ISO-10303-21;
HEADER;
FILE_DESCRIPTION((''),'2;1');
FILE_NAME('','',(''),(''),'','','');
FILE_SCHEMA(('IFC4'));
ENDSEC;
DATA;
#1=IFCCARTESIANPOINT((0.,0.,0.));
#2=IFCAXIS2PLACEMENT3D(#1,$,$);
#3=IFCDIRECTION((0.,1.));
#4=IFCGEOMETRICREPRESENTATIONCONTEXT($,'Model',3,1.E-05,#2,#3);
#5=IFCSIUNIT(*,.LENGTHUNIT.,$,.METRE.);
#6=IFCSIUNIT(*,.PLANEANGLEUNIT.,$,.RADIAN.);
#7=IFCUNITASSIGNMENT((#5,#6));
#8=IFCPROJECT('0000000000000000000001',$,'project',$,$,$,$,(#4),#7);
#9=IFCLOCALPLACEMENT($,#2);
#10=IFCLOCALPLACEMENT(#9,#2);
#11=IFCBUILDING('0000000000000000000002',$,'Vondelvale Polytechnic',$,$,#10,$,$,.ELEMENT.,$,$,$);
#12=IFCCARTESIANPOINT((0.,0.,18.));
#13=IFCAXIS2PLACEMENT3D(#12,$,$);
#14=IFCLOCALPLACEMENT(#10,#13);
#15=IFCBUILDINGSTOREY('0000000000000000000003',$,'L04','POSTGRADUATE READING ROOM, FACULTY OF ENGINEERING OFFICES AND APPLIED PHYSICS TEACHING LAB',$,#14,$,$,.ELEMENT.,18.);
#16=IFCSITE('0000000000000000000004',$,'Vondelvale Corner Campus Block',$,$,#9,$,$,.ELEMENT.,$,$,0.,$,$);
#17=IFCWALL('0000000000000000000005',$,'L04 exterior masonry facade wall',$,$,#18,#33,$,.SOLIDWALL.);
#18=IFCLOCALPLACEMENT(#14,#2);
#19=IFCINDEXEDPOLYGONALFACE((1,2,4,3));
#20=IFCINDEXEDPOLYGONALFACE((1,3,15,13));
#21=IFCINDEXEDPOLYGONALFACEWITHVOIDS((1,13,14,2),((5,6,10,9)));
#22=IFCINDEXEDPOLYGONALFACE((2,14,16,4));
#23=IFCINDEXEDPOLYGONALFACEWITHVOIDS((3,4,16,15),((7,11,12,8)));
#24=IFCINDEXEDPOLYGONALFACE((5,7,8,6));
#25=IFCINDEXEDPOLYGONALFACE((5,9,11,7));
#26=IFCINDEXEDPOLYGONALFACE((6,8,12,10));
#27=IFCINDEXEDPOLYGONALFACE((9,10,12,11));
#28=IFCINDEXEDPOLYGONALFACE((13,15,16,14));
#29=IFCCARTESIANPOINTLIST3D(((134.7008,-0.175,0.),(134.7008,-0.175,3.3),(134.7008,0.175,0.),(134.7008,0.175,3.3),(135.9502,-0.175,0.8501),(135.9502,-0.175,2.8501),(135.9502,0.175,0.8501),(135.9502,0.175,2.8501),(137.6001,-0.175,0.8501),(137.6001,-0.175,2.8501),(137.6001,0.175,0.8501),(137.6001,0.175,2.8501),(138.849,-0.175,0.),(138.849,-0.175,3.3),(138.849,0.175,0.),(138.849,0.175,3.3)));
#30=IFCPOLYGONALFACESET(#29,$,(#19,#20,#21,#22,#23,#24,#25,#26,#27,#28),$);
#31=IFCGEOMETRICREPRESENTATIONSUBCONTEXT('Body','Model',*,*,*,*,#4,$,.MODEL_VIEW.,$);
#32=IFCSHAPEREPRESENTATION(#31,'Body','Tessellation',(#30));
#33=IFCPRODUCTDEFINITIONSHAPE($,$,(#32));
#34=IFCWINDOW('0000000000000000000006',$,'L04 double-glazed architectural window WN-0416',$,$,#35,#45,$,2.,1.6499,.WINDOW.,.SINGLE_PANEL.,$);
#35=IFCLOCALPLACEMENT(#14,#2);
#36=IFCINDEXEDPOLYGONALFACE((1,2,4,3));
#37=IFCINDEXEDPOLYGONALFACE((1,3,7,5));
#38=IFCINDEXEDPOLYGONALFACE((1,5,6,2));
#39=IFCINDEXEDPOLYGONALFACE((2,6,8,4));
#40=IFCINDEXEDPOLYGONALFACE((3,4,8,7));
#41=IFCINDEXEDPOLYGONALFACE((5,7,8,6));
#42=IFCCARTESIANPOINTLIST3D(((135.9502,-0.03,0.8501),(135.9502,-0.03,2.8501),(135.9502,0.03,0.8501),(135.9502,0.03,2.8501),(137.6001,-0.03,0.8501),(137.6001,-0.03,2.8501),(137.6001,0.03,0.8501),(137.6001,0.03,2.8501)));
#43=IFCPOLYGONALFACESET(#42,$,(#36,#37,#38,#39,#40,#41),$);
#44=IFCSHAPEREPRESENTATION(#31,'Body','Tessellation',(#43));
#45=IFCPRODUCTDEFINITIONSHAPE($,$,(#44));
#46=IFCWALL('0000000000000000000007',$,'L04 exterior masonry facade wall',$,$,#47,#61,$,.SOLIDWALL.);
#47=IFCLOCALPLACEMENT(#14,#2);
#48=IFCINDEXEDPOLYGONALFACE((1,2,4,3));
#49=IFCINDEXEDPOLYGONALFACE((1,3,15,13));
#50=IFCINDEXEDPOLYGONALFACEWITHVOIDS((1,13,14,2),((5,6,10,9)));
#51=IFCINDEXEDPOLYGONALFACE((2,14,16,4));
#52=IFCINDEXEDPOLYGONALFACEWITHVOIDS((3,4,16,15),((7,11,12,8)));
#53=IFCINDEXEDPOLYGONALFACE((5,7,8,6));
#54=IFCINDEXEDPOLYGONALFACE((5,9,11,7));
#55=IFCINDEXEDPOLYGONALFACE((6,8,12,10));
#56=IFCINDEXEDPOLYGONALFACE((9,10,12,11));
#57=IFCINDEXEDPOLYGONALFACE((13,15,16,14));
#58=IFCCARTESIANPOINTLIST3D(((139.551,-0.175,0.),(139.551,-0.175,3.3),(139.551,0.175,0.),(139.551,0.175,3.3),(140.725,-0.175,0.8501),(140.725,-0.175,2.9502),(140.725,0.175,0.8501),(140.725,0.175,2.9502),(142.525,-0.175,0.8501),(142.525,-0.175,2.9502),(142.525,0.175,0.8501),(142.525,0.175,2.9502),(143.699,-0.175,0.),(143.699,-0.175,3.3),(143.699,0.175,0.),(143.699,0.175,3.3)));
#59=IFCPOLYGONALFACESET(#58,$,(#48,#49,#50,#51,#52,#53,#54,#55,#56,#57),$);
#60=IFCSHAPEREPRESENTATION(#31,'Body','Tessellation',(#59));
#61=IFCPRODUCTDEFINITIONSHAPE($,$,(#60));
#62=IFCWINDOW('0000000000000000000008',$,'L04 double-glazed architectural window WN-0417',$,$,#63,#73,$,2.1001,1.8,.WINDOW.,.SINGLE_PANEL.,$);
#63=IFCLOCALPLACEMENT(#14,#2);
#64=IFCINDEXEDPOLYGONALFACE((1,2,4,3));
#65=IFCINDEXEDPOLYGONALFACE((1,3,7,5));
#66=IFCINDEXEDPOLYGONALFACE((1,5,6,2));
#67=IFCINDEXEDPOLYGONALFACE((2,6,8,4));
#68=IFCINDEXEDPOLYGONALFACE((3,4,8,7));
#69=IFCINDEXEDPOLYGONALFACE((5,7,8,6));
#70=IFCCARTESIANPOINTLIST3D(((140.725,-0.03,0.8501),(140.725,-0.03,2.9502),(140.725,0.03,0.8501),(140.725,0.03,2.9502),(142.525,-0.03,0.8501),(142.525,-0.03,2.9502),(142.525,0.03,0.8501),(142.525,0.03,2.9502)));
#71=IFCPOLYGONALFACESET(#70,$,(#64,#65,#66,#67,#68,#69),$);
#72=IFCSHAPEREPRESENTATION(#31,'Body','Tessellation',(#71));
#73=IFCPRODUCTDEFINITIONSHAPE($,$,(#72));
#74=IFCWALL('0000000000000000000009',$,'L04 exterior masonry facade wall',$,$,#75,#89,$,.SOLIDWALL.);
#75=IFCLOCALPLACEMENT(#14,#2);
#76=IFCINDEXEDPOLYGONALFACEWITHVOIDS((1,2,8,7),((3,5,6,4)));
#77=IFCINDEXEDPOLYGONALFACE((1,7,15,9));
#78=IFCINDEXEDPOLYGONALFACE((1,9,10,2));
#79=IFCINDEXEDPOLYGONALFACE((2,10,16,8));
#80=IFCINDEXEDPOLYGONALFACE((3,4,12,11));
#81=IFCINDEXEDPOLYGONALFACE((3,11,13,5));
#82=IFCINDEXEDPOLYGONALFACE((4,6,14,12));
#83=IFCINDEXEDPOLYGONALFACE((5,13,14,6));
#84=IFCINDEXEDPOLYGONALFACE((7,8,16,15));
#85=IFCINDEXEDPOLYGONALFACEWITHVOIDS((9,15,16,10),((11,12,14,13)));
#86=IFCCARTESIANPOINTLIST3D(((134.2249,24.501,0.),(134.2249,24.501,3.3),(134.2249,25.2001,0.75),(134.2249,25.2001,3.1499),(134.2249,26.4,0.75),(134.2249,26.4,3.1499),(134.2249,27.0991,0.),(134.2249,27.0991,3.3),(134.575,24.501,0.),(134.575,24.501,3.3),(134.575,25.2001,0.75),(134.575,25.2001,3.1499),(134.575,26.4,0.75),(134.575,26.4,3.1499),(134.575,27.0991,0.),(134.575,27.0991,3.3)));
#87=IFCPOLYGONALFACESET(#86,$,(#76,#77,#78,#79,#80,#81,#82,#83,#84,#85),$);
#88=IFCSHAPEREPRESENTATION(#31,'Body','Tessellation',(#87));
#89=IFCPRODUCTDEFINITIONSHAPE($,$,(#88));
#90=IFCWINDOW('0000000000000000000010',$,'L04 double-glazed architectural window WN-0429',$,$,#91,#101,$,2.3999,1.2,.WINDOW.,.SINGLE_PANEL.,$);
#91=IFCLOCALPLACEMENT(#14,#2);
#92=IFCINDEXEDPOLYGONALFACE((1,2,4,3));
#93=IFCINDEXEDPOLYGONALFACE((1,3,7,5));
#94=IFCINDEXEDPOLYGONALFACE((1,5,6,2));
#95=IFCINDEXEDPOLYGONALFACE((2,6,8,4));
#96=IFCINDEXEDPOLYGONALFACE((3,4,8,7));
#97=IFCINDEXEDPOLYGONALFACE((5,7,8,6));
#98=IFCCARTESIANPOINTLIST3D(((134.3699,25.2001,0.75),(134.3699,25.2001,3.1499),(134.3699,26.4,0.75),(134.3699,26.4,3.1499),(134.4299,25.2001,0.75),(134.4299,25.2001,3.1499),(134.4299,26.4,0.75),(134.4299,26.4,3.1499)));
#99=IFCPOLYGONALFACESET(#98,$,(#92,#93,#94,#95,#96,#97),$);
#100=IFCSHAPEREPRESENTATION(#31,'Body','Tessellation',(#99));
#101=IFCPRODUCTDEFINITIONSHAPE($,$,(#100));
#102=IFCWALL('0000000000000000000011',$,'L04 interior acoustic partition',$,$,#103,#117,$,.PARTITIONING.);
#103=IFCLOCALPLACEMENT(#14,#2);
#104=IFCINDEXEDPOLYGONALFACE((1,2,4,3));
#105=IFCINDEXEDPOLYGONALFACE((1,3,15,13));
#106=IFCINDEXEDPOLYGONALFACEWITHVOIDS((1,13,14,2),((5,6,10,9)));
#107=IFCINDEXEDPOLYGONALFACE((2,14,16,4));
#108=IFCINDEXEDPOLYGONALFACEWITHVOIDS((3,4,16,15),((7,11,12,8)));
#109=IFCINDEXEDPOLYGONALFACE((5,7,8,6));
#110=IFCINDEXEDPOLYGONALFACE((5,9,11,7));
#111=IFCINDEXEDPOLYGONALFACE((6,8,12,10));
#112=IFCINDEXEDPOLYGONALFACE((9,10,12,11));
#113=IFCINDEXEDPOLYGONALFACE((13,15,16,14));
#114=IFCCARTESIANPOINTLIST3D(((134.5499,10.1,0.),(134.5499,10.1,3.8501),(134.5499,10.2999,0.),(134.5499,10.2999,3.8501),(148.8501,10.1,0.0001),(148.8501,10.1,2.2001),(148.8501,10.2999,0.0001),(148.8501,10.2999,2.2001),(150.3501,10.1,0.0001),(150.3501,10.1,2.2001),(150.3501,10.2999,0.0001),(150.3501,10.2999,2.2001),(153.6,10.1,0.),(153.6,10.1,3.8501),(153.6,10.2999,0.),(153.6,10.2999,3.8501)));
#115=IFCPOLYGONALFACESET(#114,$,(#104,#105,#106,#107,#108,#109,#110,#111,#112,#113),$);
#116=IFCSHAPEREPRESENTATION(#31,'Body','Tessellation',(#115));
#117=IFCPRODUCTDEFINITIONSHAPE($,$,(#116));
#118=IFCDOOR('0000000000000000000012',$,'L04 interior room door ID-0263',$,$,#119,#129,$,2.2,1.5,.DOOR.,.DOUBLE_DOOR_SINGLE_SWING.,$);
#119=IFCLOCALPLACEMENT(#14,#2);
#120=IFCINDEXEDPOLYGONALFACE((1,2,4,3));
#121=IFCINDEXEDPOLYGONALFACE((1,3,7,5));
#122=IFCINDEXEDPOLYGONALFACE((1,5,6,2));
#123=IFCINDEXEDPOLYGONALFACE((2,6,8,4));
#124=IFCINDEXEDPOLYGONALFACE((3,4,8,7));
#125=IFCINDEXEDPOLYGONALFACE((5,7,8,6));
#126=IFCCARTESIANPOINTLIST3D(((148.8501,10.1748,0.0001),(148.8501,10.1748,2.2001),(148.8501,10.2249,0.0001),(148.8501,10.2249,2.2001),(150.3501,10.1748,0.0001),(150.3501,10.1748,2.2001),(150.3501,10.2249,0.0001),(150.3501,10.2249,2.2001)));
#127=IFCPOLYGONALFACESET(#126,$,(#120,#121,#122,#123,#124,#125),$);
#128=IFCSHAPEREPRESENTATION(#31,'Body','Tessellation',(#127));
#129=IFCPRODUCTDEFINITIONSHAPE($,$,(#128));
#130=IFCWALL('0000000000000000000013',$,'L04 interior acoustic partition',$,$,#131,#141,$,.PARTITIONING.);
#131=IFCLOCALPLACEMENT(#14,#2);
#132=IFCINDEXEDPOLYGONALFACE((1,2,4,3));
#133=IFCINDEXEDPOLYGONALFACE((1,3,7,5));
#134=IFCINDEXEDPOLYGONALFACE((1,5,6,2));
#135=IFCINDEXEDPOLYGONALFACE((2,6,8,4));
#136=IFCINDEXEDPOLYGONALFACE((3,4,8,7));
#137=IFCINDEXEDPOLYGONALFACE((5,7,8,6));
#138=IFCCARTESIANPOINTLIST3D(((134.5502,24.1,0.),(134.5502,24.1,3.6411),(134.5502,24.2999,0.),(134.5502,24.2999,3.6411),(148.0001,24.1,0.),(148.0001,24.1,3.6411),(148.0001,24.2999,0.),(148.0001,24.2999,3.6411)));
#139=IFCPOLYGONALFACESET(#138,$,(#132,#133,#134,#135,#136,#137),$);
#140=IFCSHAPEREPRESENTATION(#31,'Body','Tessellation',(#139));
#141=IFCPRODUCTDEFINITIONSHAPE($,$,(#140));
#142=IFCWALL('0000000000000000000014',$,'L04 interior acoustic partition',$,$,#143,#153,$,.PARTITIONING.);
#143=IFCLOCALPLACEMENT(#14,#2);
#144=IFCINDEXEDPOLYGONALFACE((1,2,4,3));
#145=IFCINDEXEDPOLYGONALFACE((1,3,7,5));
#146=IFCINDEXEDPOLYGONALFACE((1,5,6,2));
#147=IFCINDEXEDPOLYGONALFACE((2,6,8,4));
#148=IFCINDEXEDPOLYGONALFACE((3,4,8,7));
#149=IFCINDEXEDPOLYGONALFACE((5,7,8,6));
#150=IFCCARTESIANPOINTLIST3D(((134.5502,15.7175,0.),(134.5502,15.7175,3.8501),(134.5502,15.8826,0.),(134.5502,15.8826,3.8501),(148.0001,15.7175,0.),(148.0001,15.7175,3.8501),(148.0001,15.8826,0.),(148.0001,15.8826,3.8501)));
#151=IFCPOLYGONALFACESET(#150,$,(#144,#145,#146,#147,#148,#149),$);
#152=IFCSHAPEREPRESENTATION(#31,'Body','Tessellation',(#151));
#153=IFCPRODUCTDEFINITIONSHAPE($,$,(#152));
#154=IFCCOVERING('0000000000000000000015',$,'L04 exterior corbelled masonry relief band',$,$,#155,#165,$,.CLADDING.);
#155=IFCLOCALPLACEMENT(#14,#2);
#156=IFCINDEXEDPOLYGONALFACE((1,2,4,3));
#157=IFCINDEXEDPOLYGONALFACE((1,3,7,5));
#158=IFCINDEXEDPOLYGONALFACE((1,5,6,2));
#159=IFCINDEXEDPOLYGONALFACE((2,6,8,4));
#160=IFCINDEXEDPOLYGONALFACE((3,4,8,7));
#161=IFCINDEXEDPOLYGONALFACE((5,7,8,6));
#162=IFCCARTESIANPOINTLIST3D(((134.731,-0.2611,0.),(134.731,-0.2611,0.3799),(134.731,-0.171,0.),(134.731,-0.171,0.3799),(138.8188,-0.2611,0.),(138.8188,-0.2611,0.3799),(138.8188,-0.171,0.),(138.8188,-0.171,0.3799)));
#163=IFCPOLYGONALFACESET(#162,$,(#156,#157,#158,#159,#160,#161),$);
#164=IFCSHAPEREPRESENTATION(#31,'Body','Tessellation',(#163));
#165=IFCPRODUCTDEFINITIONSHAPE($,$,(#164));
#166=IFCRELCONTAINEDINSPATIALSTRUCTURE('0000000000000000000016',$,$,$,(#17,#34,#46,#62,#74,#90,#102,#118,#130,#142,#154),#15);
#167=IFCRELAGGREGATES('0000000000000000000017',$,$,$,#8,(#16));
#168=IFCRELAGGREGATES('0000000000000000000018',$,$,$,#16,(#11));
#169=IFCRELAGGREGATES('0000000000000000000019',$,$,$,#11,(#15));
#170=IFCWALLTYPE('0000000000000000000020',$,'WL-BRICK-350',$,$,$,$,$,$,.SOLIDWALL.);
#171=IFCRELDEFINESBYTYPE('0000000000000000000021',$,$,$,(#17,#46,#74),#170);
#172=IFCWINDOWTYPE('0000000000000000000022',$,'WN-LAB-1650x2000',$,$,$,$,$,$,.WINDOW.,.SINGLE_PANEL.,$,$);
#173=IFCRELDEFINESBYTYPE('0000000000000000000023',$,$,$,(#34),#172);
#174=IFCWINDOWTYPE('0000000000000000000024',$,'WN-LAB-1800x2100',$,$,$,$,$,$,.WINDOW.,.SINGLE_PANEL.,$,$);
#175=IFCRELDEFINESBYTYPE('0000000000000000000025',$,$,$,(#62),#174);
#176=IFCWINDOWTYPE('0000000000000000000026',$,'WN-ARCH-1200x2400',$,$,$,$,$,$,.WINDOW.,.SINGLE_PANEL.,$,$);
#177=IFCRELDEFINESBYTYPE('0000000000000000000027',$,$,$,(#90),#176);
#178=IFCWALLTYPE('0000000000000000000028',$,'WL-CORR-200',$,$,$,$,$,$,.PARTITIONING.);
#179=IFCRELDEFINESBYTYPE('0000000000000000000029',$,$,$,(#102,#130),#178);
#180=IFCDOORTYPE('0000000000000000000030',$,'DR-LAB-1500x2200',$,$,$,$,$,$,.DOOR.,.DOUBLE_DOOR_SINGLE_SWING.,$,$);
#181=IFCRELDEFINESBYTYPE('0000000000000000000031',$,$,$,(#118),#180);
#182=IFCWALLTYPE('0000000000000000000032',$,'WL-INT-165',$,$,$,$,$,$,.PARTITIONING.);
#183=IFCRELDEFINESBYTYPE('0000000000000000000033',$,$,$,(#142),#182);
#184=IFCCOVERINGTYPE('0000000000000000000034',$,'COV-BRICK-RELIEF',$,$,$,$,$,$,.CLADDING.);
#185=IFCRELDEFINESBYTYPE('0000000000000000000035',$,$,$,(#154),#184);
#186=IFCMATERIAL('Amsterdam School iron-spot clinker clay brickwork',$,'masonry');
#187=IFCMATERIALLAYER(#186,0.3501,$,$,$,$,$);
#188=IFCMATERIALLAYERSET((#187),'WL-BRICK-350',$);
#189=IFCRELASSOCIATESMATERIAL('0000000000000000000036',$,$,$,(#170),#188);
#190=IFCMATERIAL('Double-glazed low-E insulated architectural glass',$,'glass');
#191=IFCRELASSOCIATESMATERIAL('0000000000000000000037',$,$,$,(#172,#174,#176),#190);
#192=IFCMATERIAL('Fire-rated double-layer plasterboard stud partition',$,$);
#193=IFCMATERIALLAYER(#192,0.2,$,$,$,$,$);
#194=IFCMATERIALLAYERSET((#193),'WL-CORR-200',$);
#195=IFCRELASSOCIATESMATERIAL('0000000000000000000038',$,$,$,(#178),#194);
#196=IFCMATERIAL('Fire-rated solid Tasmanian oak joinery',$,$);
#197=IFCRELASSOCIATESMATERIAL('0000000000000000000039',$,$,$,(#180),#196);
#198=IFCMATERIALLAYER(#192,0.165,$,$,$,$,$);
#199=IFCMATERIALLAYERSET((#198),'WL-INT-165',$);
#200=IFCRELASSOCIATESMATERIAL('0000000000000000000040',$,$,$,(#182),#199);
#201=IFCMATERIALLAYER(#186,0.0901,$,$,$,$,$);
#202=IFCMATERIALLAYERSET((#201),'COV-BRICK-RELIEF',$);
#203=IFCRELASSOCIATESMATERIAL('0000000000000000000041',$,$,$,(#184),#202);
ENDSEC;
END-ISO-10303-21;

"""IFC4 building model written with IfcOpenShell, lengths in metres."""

from ifc_helpers import new_model, si_unit, direction, frame, frame_2d, origin, origin_2d, place, context, subcontext, project, spatial, rectangle, extrude, material, layer, layer_set, type_object, element, fill, save


model = new_model("IFC4")

# Units and contexts
model_context = context("Model", 3, precision=1e-05, world=origin(), true_north=direction((0.0, 1.0)))
body_context = subcontext(model_context, "Body", "Model", "MODEL_VIEW")
ifc_project = project(units=[si_unit("LENGTHUNIT", "METRE"), si_unit("PLANEANGLEUNIT", "RADIAN")], contexts=[model_context])

# Site, building, storey
site_placement = place(None, origin())
site = spatial("IfcSite", under=ifc_project, at=site_placement, Name="Vondelvale Corner Campus Block", CompositionType="ELEMENT", RefElevation=0.0)
building_placement = place(site_placement, origin())
building = spatial("IfcBuilding", under=site, at=building_placement, Name="Vondelvale Polytechnic", CompositionType="ELEMENT")
storey_placement = place(building_placement, frame((0.0, 0.0, 18.0)))
storey = spatial("IfcBuildingStorey", under=building, at=storey_placement, Name="L04", Description="POSTGRADUATE READING ROOM, FACULTY OF ENGINEERING OFFICES AND APPLIED PHYSICS TEACHING LAB", CompositionType="ELEMENT", Elevation=18.0)

# Shared definitions
ifc_material_1 = material(Name="Double-glazed low-E insulated architectural glass", Category="glass")

# Walls, openings, windows
ifc_material_2 = material(Name="Amsterdam School iron-spot clinker clay brickwork", Category="masonry")
ifc_layer_1 = layer(ifc_material_2, 0.3501)
ifc_layer_set_1 = layer_set([ifc_layer_1], Name="WL-BRICK-350")
wall_type_1 = type_object("IfcWallType", Name="WL-BRICK-350", PredefinedType="SOLIDWALL", material=ifc_layer_set_1)
wall_1_placement = place(storey_placement, frame((138.8491, 0.0, 0.0), z_axis=(0.0, 0.0, 1.0), x_axis=(-1.0, 0.0, 0.0)))
wall_1 = element("IfcWall", 1, at=wall_1_placement, inside=storey, type_object=wall_type_1, Name="L04 exterior masonry facade wall", PredefinedType="SOLIDWALL", context=body_context, shape_type="SweptSolid", body=[
    extrude(rectangle(XDim=4.1482, YDim=0.3501, at=frame_2d((2.0742, 0.0))), origin(), (0.0, 0.0, 1.0), 3.3),
])
opening_1_placement = place(wall_1_placement, frame((1.249, 0.0, 0.8501)))
opening_1 = element("IfcOpeningElement", 2, at=opening_1_placement, cuts=wall_1, PredefinedType="OPENING", context=body_context, shape_type="SweptSolid", body=[
    extrude(rectangle(XDim=1.6499, YDim=2.0, at=frame_2d((0.825, 1.0))), frame((0.0, 0.1851, 0.0), z_axis=(0.0, -1.0, 0.0), x_axis=(1.0, 0.0, 0.0)), (0.0, 0.0, 1.0), 0.3701),
])
window_type_1 = type_object("IfcWindowType", Name="WN-LAB-1650x2000", PartitioningType="SINGLE_PANEL", PredefinedType="WINDOW", material=ifc_material_1)
window_1_placement = place(opening_1_placement, origin())
window_1 = element("IfcWindow", 3, at=window_1_placement, inside=storey, type_object=window_type_1, Name="L04 double-glazed architectural window WN-0416", OverallHeight=2.0, OverallWidth=1.6499, PartitioningType="SINGLE_PANEL", PredefinedType="WINDOW", context=body_context, shape_type="SweptSolid", body=[
    extrude(rectangle(XDim=1.6499, YDim=2.0, at=frame_2d((0.825, 1.0))), frame((0.0, 0.03, 0.0), z_axis=(0.0, -1.0, 0.0), x_axis=(1.0, 0.0, 0.0)), (0.0, 0.0, 1.0), 0.0601),
])
fill(opening_1, window_1)
wall_2_placement = place(storey_placement, frame((143.699, 0.0, 0.0), z_axis=(0.0, 0.0, 1.0), x_axis=(-1.0, 0.0, 0.0)))
wall_2 = element("IfcWall", 4, at=wall_2_placement, inside=storey, type_object=wall_type_1, Name="L04 exterior masonry facade wall", PredefinedType="SOLIDWALL", context=body_context, shape_type="SweptSolid", body=[
    extrude(rectangle(XDim=4.1479, YDim=0.3501, at=frame_2d((2.074, 0.0))), origin(), (0.0, 0.0, 1.0), 3.3),
])
opening_2_placement = place(wall_2_placement, frame((1.1741, 0.0, 0.8501)))
opening_2 = element("IfcOpeningElement", 5, at=opening_2_placement, cuts=wall_2, PredefinedType="OPENING", context=body_context, shape_type="SweptSolid", body=[
    extrude(rectangle(XDim=1.8, YDim=2.1001, at=frame_2d((0.8999, 1.05))), frame((0.0, 0.1851, 0.0), z_axis=(0.0, -1.0, 0.0), x_axis=(1.0, 0.0, 0.0)), (0.0, 0.0, 1.0), 0.3701),
])
window_type_2 = type_object("IfcWindowType", Name="WN-LAB-1800x2100", PartitioningType="SINGLE_PANEL", PredefinedType="WINDOW", material=ifc_material_1)
window_2_placement = place(opening_2_placement, origin())
window_2 = element("IfcWindow", 6, at=window_2_placement, inside=storey, type_object=window_type_2, Name="L04 double-glazed architectural window WN-0417", OverallHeight=2.1001, OverallWidth=1.8, PartitioningType="SINGLE_PANEL", PredefinedType="WINDOW", context=body_context, shape_type="SweptSolid", body=[
    extrude(rectangle(XDim=1.8, YDim=2.1001, at=frame_2d((0.8999, 1.05))), frame((0.0, 0.03, 0.0), z_axis=(0.0, -1.0, 0.0), x_axis=(1.0, 0.0, 0.0)), (0.0, 0.0, 1.0), 0.0601),
])
fill(opening_2, window_2)
wall_3_placement = place(storey_placement, frame((134.3999, 24.501, 0.0), z_axis=(0.0, 0.0, 1.0), x_axis=(0.0, 1.0, 0.0)))
wall_3 = element("IfcWall", 7, at=wall_3_placement, inside=storey, type_object=wall_type_1, Name="L04 exterior masonry facade wall", PredefinedType="SOLIDWALL", context=body_context, shape_type="SweptSolid", body=[
    extrude(rectangle(XDim=2.5981, YDim=0.3501, at=frame_2d((1.2991, 0.0))), origin(), (0.0, 0.0, 1.0), 3.3),
])
opening_3_placement = place(wall_3_placement, frame((0.699, 0.0, 0.75)))
opening_3 = element("IfcOpeningElement", 8, at=opening_3_placement, cuts=wall_3, PredefinedType="OPENING", context=body_context, shape_type="SweptSolid", body=[
    extrude(rectangle(XDim=1.2, YDim=2.3999, at=frame_2d((0.6001, 1.2))), frame((0.0, 0.1851, 0.0), z_axis=(0.0, -1.0, 0.0), x_axis=(1.0, 0.0, 0.0)), (0.0, 0.0, 1.0), 0.3701),
])
window_type_3 = type_object("IfcWindowType", Name="WN-ARCH-1200x2400", PartitioningType="SINGLE_PANEL", PredefinedType="WINDOW", material=ifc_material_1)
window_3_placement = place(opening_3_placement, origin())
window_3 = element("IfcWindow", 9, at=window_3_placement, inside=storey, type_object=window_type_3, Name="L04 double-glazed architectural window WN-0429", OverallHeight=2.3999, OverallWidth=1.2, PartitioningType="SINGLE_PANEL", PredefinedType="WINDOW", context=body_context, shape_type="SweptSolid", body=[
    extrude(rectangle(XDim=1.2, YDim=2.3999, at=frame_2d((0.6001, 1.2))), frame((0.0, 0.03, 0.0), z_axis=(0.0, -1.0, 0.0), x_axis=(1.0, 0.0, 0.0)), (0.0, 0.0, 1.0), 0.0601),
])
fill(opening_3, window_3)

# Wall, opening, door
ifc_material_3 = material(Name="Fire-rated double-layer plasterboard stud partition")
ifc_layer_2 = layer(ifc_material_3, 0.2)
ifc_layer_set_2 = layer_set([ifc_layer_2], Name="WL-CORR-200")
wall_type_2 = type_object("IfcWallType", Name="WL-CORR-200", PredefinedType="PARTITIONING", material=ifc_layer_set_2)
wall_4_placement = place(storey_placement, frame((134.55, 10.2, 0.0), z_axis=(0.0, 0.0, 1.0), x_axis=(1.0, 0.0, 0.0)))
wall_4 = element("IfcWall", 10, at=wall_4_placement, inside=storey, type_object=wall_type_2, Name="L04 interior acoustic partition", PredefinedType="PARTITIONING", context=body_context, shape_type="SweptSolid", body=[
    extrude(rectangle(XDim=19.05, YDim=0.2, at=frame_2d((9.5249, 0.0))), origin(), (0.0, 0.0, 1.0), 3.8501),
])
opening_4_placement = place(wall_4_placement, frame((14.3, 0.0, 0.0)))
opening_4 = element("IfcOpeningElement", 11, at=opening_4_placement, cuts=wall_4, PredefinedType="OPENING", context=body_context, shape_type="SweptSolid", body=[
    extrude(rectangle(XDim=1.5, YDim=2.2, at=frame_2d((0.75, 1.1001))), frame((0.0, 0.1099, 0.0), z_axis=(0.0, -1.0, 0.0), x_axis=(1.0, 0.0, 0.0)), (0.0, 0.0, 1.0), 0.22),
])
ifc_material_4 = material(Name="Fire-rated solid Tasmanian oak joinery")
door_type = type_object("IfcDoorType", Name="DR-LAB-1500x2200", OperationType="DOUBLE_DOOR_SINGLE_SWING", PredefinedType="DOOR", material=ifc_material_4)
door_placement = place(opening_4_placement, origin())
door = element("IfcDoor", 12, at=door_placement, inside=storey, type_object=door_type, Name="L04 interior room door ID-0263", OperationType="DOUBLE_DOOR_SINGLE_SWING", OverallHeight=2.2, OverallWidth=1.5, PredefinedType="DOOR", context=body_context, shape_type="SweptSolid", body=[
    extrude(rectangle(XDim=1.5, YDim=2.2, at=frame_2d((0.75, 1.1001))), frame((0.0, 0.0249, 0.0), z_axis=(0.0, -1.0, 0.0), x_axis=(1.0, 0.0, 0.0)), (0.0, 0.0, 1.0), 0.05),
])
fill(opening_4, door)

# Walls
wall_5_placement = place(storey_placement, frame((134.55, 24.2, 0.0), z_axis=(0.0, 0.0, 1.0), x_axis=(1.0, 0.0, 0.0)))
element("IfcWall", 13, at=wall_5_placement, inside=storey, type_object=wall_type_2, Name="L04 interior acoustic partition", PredefinedType="PARTITIONING", context=body_context, shape_type="SweptSolid", body=[
    extrude(rectangle(XDim=13.45, YDim=0.2, at=frame_2d((6.7251, 0.0))), origin(), (0.0, 0.0, 1.0), 3.6411),
])
ifc_layer_3 = layer(ifc_material_3, 0.165)
ifc_layer_set_3 = layer_set([ifc_layer_3], Name="WL-INT-165")
wall_type_3 = type_object("IfcWallType", Name="WL-INT-165", PredefinedType="PARTITIONING", material=ifc_layer_set_3)
wall_6_placement = place(storey_placement, frame((134.55, 15.8, 0.0), z_axis=(0.0, 0.0, 1.0), x_axis=(1.0, 0.0, 0.0)))
element("IfcWall", 14, at=wall_6_placement, inside=storey, type_object=wall_type_3, Name="L04 interior acoustic partition", PredefinedType="PARTITIONING", context=body_context, shape_type="SweptSolid", body=[
    extrude(rectangle(XDim=13.45, YDim=0.165, at=frame_2d((6.7251, 0.0))), origin(), (0.0, 0.0, 1.0), 3.8501),
])

# Covering
ifc_layer_4 = layer(ifc_material_2, 0.0901)
ifc_layer_set_4 = layer_set([ifc_layer_4], Name="COV-BRICK-RELIEF")
covering_type = type_object("IfcCoveringType", Name="COV-BRICK-RELIEF", PredefinedType="CLADDING", material=ifc_layer_set_4)
for number, where, z_axis, x_axis, name in (
    (15, (136.7749, -0.2161, 0.0), (0.0, 0.0, 1.0), (-1.0, 0.0, 0.0), "L04 exterior corbelled masonry relief band"),
):
    element("IfcCovering", number, at=place(storey_placement, frame(where, z_axis=z_axis, x_axis=x_axis)), inside=storey, type_object=covering_type, Name=name, PredefinedType="CLADDING", context=body_context, shape_type="SweptSolid", body=[
        extrude(rectangle(XDim=4.0879, YDim=0.0901, at=origin_2d()), origin(), (0.0, 0.0, 1.0), 0.3799),
    ])

save(model, "model.ifc")
